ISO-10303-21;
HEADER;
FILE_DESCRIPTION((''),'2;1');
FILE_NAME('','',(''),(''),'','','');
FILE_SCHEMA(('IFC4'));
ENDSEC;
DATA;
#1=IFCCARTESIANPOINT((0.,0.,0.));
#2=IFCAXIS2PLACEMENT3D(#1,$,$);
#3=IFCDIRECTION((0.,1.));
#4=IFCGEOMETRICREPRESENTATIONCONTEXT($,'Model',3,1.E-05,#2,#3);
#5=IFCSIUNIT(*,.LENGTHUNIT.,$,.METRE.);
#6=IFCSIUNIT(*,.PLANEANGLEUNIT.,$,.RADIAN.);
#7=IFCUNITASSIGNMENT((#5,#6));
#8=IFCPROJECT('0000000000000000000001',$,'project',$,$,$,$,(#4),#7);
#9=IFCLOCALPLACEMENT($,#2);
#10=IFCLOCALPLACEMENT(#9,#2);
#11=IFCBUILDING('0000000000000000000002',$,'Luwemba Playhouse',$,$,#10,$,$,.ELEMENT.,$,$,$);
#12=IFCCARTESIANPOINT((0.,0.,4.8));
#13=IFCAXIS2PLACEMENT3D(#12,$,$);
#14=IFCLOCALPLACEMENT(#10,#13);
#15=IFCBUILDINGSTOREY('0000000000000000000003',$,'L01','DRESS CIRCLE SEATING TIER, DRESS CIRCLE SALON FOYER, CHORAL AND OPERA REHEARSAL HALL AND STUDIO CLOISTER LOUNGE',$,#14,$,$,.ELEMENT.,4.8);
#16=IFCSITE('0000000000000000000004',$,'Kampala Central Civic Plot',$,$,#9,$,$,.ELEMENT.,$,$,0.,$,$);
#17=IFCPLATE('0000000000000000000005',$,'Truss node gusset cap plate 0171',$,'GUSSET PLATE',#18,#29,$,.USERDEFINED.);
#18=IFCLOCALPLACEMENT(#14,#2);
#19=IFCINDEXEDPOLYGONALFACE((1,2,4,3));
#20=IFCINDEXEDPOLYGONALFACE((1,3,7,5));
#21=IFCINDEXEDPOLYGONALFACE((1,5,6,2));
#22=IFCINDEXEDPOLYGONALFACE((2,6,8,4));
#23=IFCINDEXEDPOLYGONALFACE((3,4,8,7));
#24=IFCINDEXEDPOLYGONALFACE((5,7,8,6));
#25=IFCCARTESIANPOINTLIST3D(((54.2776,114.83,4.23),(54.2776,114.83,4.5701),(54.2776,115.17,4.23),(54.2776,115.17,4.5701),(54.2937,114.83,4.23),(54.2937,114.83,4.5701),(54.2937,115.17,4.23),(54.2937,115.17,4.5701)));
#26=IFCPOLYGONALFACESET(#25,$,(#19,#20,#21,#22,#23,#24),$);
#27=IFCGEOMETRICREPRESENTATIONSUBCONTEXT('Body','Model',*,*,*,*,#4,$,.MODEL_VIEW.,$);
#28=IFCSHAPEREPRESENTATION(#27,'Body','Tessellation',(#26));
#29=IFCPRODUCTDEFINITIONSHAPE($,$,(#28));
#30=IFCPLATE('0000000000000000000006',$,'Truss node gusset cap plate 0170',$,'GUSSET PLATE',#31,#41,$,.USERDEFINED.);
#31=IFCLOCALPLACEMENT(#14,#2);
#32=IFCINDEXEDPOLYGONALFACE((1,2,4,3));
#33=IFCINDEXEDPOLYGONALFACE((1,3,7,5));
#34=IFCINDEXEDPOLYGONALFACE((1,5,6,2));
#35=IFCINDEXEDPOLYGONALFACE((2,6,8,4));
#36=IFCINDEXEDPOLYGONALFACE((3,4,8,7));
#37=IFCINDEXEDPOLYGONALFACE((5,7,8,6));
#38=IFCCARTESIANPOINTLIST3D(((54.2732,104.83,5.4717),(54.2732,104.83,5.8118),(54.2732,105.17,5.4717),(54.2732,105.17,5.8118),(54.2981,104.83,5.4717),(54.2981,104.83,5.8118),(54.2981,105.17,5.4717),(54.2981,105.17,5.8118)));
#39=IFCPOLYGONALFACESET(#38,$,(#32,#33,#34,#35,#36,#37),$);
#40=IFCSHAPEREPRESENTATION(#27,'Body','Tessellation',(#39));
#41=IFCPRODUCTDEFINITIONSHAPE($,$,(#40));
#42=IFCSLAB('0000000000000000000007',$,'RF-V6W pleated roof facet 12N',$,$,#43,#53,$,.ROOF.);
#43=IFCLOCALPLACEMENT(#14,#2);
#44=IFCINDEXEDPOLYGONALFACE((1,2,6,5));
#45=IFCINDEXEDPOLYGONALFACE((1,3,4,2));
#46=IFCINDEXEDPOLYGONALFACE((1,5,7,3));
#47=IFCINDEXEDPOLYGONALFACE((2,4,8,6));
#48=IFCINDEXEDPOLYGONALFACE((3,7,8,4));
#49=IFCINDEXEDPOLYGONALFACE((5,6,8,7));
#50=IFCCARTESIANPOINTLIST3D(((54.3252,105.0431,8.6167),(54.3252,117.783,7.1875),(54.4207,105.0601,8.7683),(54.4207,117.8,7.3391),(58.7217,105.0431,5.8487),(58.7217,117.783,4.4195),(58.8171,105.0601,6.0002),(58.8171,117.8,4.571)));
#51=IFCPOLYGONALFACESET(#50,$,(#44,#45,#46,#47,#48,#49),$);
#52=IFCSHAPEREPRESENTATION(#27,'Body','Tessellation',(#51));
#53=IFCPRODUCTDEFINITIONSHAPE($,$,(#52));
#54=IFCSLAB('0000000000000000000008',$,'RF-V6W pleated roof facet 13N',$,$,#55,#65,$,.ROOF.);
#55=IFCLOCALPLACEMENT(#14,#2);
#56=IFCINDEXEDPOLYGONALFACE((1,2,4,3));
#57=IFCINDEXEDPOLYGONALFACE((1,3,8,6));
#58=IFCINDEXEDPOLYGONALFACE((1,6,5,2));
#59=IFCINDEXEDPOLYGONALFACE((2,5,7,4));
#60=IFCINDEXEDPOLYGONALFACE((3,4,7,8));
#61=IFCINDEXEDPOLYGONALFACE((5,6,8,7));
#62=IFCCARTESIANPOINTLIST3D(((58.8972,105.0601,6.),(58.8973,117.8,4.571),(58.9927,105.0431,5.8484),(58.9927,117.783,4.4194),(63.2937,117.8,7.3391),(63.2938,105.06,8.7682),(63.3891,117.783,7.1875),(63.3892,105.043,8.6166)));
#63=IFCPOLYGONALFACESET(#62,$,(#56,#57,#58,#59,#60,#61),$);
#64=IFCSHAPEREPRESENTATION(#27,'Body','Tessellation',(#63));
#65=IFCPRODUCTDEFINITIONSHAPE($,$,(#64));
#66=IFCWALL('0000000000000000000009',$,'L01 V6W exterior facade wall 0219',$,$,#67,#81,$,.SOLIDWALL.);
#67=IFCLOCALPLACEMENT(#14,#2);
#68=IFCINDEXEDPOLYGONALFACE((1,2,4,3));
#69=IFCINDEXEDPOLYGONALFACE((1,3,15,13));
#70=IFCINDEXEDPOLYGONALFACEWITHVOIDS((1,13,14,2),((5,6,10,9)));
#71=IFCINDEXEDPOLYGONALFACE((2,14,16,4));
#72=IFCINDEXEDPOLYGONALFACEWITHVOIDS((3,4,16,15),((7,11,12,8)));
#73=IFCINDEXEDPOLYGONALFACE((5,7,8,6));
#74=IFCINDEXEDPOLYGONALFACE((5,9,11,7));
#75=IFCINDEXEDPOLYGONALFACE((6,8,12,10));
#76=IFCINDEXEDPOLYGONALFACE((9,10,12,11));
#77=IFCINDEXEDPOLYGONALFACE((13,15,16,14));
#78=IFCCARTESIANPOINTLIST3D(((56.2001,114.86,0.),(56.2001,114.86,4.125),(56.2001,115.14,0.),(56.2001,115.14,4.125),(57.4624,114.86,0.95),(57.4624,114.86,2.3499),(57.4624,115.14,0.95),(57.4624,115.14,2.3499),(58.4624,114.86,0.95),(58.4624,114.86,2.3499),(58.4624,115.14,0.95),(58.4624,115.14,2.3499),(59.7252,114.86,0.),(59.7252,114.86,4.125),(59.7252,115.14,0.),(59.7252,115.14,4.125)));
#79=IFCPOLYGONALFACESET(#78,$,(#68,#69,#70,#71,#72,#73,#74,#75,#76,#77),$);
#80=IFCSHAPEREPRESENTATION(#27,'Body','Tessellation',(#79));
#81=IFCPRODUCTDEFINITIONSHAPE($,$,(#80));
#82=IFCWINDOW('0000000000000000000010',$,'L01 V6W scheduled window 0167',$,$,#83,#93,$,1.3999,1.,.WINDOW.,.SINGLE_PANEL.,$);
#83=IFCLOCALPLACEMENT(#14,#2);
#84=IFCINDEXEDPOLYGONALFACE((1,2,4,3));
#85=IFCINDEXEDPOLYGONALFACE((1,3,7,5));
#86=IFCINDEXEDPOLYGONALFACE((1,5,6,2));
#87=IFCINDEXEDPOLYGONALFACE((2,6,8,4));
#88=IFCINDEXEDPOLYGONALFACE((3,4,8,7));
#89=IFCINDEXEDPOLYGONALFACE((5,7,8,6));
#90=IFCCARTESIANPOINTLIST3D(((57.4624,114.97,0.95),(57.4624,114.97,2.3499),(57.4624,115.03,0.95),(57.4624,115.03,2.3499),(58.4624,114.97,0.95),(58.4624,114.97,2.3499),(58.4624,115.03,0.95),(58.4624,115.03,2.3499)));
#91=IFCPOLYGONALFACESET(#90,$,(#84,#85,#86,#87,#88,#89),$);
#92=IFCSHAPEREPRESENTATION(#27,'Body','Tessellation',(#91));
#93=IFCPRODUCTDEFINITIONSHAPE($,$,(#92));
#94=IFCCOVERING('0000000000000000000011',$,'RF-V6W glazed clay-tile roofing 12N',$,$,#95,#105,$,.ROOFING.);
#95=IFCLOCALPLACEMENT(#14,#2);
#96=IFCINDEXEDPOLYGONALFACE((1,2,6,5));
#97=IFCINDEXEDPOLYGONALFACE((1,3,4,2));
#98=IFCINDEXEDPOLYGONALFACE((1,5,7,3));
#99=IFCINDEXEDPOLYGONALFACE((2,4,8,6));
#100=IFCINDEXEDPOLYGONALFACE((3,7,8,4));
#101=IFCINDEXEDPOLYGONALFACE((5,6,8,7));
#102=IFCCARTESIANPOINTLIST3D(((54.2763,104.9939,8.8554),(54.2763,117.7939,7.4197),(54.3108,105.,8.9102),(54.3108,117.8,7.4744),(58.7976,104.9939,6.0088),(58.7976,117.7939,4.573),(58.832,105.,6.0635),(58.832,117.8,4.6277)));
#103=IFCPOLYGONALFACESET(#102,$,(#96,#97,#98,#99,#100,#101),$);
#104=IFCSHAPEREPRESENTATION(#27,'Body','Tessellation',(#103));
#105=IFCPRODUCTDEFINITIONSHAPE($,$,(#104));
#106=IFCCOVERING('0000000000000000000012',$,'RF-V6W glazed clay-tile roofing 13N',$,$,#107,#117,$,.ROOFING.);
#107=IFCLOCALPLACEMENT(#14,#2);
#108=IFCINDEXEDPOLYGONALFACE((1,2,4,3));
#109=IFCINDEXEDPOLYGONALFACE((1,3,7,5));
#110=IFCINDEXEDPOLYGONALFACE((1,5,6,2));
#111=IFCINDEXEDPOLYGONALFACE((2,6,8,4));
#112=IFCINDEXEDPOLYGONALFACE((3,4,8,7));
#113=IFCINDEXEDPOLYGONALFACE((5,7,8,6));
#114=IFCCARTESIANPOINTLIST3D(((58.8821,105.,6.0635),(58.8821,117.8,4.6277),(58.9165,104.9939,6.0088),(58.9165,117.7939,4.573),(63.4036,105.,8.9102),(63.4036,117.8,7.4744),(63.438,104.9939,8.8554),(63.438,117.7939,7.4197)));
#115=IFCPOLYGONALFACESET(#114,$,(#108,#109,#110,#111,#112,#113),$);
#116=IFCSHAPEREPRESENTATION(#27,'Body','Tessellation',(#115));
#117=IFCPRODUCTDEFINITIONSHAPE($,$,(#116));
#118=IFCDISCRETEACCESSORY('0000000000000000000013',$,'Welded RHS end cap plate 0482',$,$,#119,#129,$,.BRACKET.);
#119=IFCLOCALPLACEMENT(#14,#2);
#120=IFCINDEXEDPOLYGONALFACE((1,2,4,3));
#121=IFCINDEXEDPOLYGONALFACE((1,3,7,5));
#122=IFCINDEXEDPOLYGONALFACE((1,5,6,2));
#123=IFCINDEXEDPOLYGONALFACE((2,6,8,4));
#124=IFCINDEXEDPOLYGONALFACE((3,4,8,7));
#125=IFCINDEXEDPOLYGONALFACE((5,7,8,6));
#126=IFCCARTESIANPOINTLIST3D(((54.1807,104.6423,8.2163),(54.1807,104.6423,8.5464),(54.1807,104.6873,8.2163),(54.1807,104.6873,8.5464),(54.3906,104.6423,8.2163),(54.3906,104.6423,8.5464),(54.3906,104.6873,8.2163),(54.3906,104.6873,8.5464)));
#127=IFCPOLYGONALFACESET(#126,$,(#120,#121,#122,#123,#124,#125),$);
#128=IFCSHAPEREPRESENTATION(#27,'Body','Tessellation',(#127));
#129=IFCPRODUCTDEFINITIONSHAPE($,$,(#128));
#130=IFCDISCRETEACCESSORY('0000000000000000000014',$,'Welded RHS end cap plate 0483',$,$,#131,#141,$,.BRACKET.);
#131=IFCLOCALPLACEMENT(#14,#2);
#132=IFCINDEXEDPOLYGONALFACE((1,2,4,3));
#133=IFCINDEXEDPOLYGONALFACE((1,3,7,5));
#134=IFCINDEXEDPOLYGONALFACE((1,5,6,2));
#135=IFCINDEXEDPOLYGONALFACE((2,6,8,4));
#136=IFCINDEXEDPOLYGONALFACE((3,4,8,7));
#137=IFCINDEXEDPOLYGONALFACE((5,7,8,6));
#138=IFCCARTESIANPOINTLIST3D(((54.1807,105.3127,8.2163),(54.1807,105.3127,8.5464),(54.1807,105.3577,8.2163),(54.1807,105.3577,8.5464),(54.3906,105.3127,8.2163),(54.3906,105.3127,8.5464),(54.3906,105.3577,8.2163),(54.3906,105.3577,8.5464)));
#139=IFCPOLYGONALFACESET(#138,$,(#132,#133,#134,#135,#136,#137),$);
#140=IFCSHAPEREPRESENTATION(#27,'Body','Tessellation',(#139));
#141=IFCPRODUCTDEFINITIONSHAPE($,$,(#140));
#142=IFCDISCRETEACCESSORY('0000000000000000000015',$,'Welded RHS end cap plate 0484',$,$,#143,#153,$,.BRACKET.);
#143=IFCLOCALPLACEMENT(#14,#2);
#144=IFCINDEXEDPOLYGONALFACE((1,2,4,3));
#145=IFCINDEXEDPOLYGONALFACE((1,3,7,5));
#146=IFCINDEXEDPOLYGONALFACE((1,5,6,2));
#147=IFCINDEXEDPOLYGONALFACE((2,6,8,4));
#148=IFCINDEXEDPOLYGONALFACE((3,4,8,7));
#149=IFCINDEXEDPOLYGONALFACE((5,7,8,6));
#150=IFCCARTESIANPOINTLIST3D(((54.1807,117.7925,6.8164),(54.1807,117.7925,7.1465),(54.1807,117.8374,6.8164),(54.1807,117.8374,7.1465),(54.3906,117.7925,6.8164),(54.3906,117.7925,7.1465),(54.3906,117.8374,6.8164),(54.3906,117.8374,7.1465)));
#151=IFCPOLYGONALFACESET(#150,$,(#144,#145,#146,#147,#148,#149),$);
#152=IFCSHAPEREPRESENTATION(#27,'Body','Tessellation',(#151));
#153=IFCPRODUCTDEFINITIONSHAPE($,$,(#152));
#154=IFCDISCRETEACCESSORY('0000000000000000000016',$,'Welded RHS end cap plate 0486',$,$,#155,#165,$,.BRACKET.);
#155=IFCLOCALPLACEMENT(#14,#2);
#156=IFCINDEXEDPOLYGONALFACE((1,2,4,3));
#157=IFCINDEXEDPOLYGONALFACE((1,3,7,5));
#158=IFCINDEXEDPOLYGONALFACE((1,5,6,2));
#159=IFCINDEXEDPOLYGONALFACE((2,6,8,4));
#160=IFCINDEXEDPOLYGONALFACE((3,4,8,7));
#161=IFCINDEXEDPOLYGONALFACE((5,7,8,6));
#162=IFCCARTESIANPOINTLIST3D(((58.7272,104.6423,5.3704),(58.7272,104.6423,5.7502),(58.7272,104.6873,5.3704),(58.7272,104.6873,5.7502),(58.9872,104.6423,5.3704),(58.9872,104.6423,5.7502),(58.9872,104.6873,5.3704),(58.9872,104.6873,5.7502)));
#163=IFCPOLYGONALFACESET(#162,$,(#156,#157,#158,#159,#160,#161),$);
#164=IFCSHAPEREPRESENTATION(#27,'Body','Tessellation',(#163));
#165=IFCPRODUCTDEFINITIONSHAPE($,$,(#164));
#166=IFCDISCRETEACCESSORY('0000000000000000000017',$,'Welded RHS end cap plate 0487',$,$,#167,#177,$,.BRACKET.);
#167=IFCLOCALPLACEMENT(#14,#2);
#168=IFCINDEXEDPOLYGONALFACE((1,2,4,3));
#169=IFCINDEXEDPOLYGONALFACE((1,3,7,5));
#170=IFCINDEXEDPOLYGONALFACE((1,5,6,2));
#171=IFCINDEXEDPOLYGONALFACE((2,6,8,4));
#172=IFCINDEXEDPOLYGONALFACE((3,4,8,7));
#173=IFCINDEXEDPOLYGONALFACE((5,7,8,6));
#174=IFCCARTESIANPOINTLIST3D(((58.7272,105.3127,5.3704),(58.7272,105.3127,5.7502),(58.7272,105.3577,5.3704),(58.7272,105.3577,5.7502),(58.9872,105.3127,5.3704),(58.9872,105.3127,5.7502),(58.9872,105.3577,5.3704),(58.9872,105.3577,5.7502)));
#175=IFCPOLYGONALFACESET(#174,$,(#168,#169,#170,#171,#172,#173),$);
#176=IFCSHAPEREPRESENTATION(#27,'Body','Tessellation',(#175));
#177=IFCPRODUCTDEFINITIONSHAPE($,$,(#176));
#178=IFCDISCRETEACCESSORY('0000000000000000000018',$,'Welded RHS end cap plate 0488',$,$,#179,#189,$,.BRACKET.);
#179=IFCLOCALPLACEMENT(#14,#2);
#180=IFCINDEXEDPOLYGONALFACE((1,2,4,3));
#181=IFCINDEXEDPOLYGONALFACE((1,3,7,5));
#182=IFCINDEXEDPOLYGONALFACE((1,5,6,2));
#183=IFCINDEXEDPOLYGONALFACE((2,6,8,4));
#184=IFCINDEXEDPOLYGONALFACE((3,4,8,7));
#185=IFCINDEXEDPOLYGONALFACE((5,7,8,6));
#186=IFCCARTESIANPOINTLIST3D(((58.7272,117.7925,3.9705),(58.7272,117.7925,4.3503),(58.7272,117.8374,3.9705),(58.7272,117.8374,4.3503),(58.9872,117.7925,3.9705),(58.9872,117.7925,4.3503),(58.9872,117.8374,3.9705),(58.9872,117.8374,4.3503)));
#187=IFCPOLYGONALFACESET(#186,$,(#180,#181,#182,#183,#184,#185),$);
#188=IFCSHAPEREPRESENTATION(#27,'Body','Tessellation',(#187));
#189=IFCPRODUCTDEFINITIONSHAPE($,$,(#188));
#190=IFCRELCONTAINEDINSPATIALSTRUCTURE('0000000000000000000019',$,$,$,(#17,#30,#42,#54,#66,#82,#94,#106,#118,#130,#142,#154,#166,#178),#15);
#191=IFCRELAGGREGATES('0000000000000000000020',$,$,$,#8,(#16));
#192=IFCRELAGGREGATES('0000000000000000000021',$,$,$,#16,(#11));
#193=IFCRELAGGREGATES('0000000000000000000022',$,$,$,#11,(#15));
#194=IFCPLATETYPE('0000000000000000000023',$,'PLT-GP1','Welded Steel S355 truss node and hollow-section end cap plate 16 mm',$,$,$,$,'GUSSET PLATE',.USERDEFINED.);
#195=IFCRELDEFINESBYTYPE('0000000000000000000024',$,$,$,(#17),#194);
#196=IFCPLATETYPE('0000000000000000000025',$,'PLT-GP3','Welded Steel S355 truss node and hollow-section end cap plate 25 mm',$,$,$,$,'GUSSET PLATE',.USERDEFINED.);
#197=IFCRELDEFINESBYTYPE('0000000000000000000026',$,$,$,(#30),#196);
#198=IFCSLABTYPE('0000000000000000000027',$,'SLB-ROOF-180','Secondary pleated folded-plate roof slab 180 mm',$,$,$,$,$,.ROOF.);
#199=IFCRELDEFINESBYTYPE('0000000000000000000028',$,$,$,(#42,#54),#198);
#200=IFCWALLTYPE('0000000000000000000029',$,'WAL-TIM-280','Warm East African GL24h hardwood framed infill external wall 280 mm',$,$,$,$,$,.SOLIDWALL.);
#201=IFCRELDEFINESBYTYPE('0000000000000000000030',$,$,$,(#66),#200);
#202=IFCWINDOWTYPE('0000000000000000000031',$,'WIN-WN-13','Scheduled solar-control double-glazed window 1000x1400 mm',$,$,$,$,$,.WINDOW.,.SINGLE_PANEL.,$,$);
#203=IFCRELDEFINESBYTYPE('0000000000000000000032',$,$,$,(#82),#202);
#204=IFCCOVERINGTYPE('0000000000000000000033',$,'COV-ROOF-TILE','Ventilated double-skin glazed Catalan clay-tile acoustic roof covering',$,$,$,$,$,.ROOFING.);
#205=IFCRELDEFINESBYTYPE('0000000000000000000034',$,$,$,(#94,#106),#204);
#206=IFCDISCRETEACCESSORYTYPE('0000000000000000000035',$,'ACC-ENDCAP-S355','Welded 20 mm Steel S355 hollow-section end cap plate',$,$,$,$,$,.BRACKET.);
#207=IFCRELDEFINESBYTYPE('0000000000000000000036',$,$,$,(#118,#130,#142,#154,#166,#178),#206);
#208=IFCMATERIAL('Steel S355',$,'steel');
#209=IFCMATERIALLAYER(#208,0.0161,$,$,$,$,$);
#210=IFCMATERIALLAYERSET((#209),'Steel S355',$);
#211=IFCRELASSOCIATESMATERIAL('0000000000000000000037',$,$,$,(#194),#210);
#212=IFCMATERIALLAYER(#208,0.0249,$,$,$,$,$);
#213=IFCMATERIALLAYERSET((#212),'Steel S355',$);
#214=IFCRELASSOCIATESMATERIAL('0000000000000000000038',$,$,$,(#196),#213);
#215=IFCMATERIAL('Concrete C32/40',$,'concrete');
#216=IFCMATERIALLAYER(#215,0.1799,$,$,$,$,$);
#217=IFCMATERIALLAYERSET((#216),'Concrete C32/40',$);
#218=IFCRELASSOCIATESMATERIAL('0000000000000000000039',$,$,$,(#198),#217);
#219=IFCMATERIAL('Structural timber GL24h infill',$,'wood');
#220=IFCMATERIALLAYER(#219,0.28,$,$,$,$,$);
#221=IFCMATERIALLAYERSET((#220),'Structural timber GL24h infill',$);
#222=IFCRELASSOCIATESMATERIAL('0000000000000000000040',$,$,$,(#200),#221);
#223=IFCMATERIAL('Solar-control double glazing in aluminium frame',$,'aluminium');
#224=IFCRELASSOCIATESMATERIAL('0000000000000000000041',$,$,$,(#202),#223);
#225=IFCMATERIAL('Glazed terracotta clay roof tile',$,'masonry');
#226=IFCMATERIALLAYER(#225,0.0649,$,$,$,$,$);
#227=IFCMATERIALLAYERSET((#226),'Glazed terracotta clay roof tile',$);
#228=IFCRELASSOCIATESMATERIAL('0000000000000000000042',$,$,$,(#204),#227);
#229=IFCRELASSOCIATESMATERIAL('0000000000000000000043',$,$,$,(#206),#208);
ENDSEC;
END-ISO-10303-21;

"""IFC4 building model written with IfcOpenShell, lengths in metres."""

from ifc_helpers import new_model, si_unit, direction, frame, frame_2d, origin, origin_2d, place, context, subcontext, project, spatial, polyline, rectangle, outline, extrude, material, layer, layer_set, type_object, element, fill, save


model = new_model("IFC4")

# Units and contexts
model_context = context("Model", 3, precision=1e-05, world=origin(), true_north=direction((0.0, 1.0)))
body_context = subcontext(model_context, "Body", "Model", "MODEL_VIEW")
ifc_project = project(units=[si_unit("LENGTHUNIT", "METRE"), si_unit("PLANEANGLEUNIT", "RADIAN")], contexts=[model_context])

# Site, building, storey
site_placement = place(None, origin())
site = spatial("IfcSite", under=ifc_project, at=site_placement, Name="Kampala Central Civic Plot", CompositionType="ELEMENT", RefElevation=0.0)
building_placement = place(site_placement, origin())
building = spatial("IfcBuilding", under=site, at=building_placement, Name="Luwemba Playhouse", CompositionType="ELEMENT")
storey_placement = place(building_placement, frame((0.0, 0.0, 4.8)))
storey = spatial("IfcBuildingStorey", under=building, at=storey_placement, Name="L01", Description="DRESS CIRCLE SEATING TIER, DRESS CIRCLE SALON FOYER, CHORAL AND OPERA REHEARSAL HALL AND STUDIO CLOISTER LOUNGE", CompositionType="ELEMENT", Elevation=4.8)

# Shared definitions
ifc_material_1 = material(Name="Steel S355", Category="steel")

# Plates
ifc_layer_1 = layer(ifc_material_1, 0.0161)
ifc_layer_set_1 = layer_set([ifc_layer_1], Name="Steel S355")
plate_type_1 = type_object("IfcPlateType", Name="PLT-GP1", Description="Welded Steel S355 truss node and hollow-section end cap plate 16 mm", ElementType="GUSSET PLATE", PredefinedType="USERDEFINED", material=ifc_layer_set_1)
plate_1_placement = place(storey_placement, frame((54.2856, 115.0, 4.23), z_axis=(0.0, 0.0, 1.0), x_axis=(1.0, 0.0, 0.0)))
element("IfcPlate", 1, at=plate_1_placement, inside=storey, type_object=plate_type_1, Name="Truss node gusset cap plate 0171", ObjectType="GUSSET PLATE", PredefinedType="USERDEFINED", context=body_context, shape_type="SweptSolid", body=[
    extrude(rectangle(XDim=0.0161, YDim=0.3401, at=origin_2d()), origin(), (0.0, 0.0, 1.0), 0.3401),
])
ifc_layer_2 = layer(ifc_material_1, 0.0249)
ifc_layer_set_2 = layer_set([ifc_layer_2], Name="Steel S355")
plate_type_2 = type_object("IfcPlateType", Name="PLT-GP3", Description="Welded Steel S355 truss node and hollow-section end cap plate 25 mm", ElementType="GUSSET PLATE", PredefinedType="USERDEFINED", material=ifc_layer_set_2)
plate_2_placement = place(storey_placement, frame((54.2856, 105.0, 5.4717), z_axis=(0.0, 0.0, 1.0), x_axis=(1.0, 0.0, 0.0)))
element("IfcPlate", 2, at=plate_2_placement, inside=storey, type_object=plate_type_2, Name="Truss node gusset cap plate 0170", ObjectType="GUSSET PLATE", PredefinedType="USERDEFINED", context=body_context, shape_type="SweptSolid", body=[
    extrude(rectangle(XDim=0.0249, YDim=0.3401, at=origin_2d()), origin(), (0.0, 0.0, 1.0), 0.3401),
])

# Slabs
ifc_material_2 = material(Name="Concrete C32/40", Category="concrete")
ifc_layer_3 = layer(ifc_material_2, 0.1799)
ifc_layer_set_3 = layer_set([ifc_layer_3], Name="Concrete C32/40")
slab_type = type_object("IfcSlabType", Name="SLB-ROOF-180", Description="Secondary pleated folded-plate roof slab 180 mm", PredefinedType="ROOF", material=ifc_layer_set_3)
slab_1_placement = place(storey_placement, frame((54.4207, 105.0601, 8.7683), z_axis=(0.530416, 0.094508, 0.842453), x_axis=(0.846241, 0.0, -0.532801)))
element("IfcSlab", 3, at=slab_1_placement, inside=storey, type_object=slab_type, Name="RF-V6W pleated roof facet 12N", PredefinedType="ROOF", context=body_context, shape_type="SweptSolid", body=[
    extrude(outline(polyline([(0.0, 0.0), (5.1953, 0.0), (5.9568, 12.7973), (0.7615, 12.7973), (0.0, 0.0)])), origin(), (0.0, 0.0, -1.0), 0.1799),
])
slab_2_placement = place(storey_placement, frame((58.8972, 105.0601, 6.0), z_axis=(-0.530433, 0.094499, 0.842443), x_axis=(0.84623, -0.000002, 0.532818)))
element("IfcSlab", 4, at=slab_2_placement, inside=storey, type_object=slab_type, Name="RF-V6W pleated roof facet 13N", PredefinedType="ROOF", context=body_context, shape_type="SweptSolid", body=[
    extrude(outline(polyline([(0.0, 0.0), (5.1954, 0.0), (4.4339, 12.7973), (-0.7614, 12.7972), (0.0, 0.0)])), origin(), (0.0, 0.0, -1.0), 0.1799),
])

# Wall, opening, window
ifc_material_3 = material(Name="Structural timber GL24h infill", Category="wood")
ifc_layer_4 = layer(ifc_material_3, 0.28)
ifc_layer_set_4 = layer_set([ifc_layer_4], Name="Structural timber GL24h infill")
wall_type = type_object("IfcWallType", Name="WAL-TIM-280", Description="Warm East African GL24h hardwood framed infill external wall 280 mm", PredefinedType="SOLIDWALL", material=ifc_layer_set_4)
wall_placement = place(storey_placement, frame((56.2, 115.0, 0.0), z_axis=(0.0, 0.0, 1.0), x_axis=(1.0, 0.0, 0.0)))
wall = element("IfcWall", 5, at=wall_placement, inside=storey, type_object=wall_type, Name="L01 V6W exterior facade wall 0219", PredefinedType="SOLIDWALL", context=body_context, shape_type="SweptSolid", body=[
    extrude(rectangle(XDim=3.5251, YDim=0.28, at=frame_2d((1.7627, 0.0))), origin(), (0.0, 0.0, 1.0), 4.125),
])
opening_placement = place(wall_placement, frame((1.2625, 0.0, 0.95)))
opening = element("IfcOpeningElement", 6, at=opening_placement, cuts=wall, PredefinedType="OPENING", context=body_context, shape_type="SweptSolid", body=[
    extrude(rectangle(XDim=1.0, YDim=1.3999, at=frame_2d((0.5, 0.7))), frame((0.0, 0.1499, 0.0), z_axis=(0.0, -1.0, 0.0), x_axis=(1.0, 0.0, 0.0)), (0.0, 0.0, 1.0), 0.3),
])
ifc_material_4 = material(Name="Solar-control double glazing in aluminium frame", Category="aluminium")
window_type = type_object("IfcWindowType", Name="WIN-WN-13", Description="Scheduled solar-control double-glazed window 1000x1400 mm", PartitioningType="SINGLE_PANEL", PredefinedType="WINDOW", material=ifc_material_4)
window_placement = place(opening_placement, origin())
window = element("IfcWindow", 7, at=window_placement, inside=storey, type_object=window_type, Name="L01 V6W scheduled window 0167", OverallHeight=1.3999, OverallWidth=1.0, PartitioningType="SINGLE_PANEL", PredefinedType="WINDOW", context=body_context, shape_type="SweptSolid", body=[
    extrude(rectangle(XDim=1.0, YDim=1.3999, at=frame_2d((0.5, 0.7))), frame((0.0, 0.03, 0.0), z_axis=(0.0, -1.0, 0.0), x_axis=(1.0, 0.0, 0.0)), (0.0, 0.0, 1.0), 0.0601),
])
fill(opening, window)

# Coverings
ifc_material_5 = material(Name="Glazed terracotta clay roof tile", Category="masonry")
ifc_layer_5 = layer(ifc_material_5, 0.0649)
ifc_layer_set_5 = layer_set([ifc_layer_5], Name="Glazed terracotta clay roof tile")
covering_type = type_object("IfcCoveringType", Name="COV-ROOF-TILE", Description="Ventilated double-skin glazed Catalan clay-tile acoustic roof covering", PredefinedType="ROOFING", material=ifc_layer_set_5)
covering_1_placement = place(storey_placement, frame((54.3108, 105.0, 8.9102), z_axis=(0.530425, 0.094498, 0.842448), x_axis=(0.846235, 0.0, -0.53281)))
element("IfcCovering", 8, at=covering_1_placement, inside=storey, type_object=covering_type, Name="RF-V6W glazed clay-tile roofing 12N", PredefinedType="ROOFING", context=body_context, shape_type="SweptSolid", body=[
    extrude(outline(polyline([(0.0, 0.0), (5.3428, 0.0), (6.1078, 12.8576), (0.765, 12.8576), (0.0, 0.0)])), origin(), (0.0, 0.0, -1.0), 0.0649),
])
covering_2_placement = place(storey_placement, frame((58.8821, 105.0, 6.0635), z_axis=(-0.530405, 0.094499, 0.842461), x_axis=(0.846248, 0.0, 0.532789)))
element("IfcCovering", 9, at=covering_2_placement, inside=storey, type_object=covering_type, Name="RF-V6W glazed clay-tile roofing 13N", PredefinedType="ROOFING", context=body_context, shape_type="SweptSolid", body=[
    extrude(outline(polyline([(0.0, 0.0), (5.343, 0.0), (4.578, 12.8576), (-0.765, 12.8576), (0.0, 0.0)])), origin(), (0.0, 0.0, -1.0), 0.0649),
])

# Discrete accessories
discrete_accessory_type = type_object("IfcDiscreteAccessoryType", Name="ACC-ENDCAP-S355", Description="Welded 20 mm Steel S355 hollow-section end cap plate", PredefinedType="BRACKET", material=ifc_material_1)
for number, where, z_axis, x_axis, name in (
    (10, (54.2856, 104.6648, 8.2163), (0.0, 0.0, 1.0), (1.0, 0.0, 0.0), "Welded RHS end cap plate 0482"),
    (11, (54.2856, 105.3352, 8.2163), (0.0, 0.0, 1.0), (1.0, 0.0, 0.0), "Welded RHS end cap plate 0483"),
    (12, (54.2856, 117.8149, 6.8164), (0.0, 0.0, 1.0), (1.0, 0.0, 0.0), "Welded RHS end cap plate 0484"),
):
    element("IfcDiscreteAccessory", number, at=place(storey_placement, frame(where, z_axis=z_axis, x_axis=x_axis)), inside=storey, type_object=discrete_accessory_type, Name=name, PredefinedType="BRACKET", context=body_context, shape_type="SweptSolid", body=[
        extrude(rectangle(XDim=0.21, YDim=0.0449, at=origin_2d()), origin(), (0.0, 0.0, 1.0), 0.3301),
    ])
for number, where, z_axis, x_axis, name in (
    (13, (58.8572, 104.6648, 5.3704), (0.0, 0.0, 1.0), (1.0, 0.0, 0.0), "Welded RHS end cap plate 0486"),
    (14, (58.8572, 105.3352, 5.3704), (0.0, 0.0, 1.0), (1.0, 0.0, 0.0), "Welded RHS end cap plate 0487"),
    (15, (58.8572, 117.8149, 3.9705), (0.0, 0.0, 1.0), (1.0, 0.0, 0.0), "Welded RHS end cap plate 0488"),
):
    element("IfcDiscreteAccessory", number, at=place(storey_placement, frame(where, z_axis=z_axis, x_axis=x_axis)), inside=storey, type_object=discrete_accessory_type, Name=name, PredefinedType="BRACKET", context=body_context, shape_type="SweptSolid", body=[
        extrude(rectangle(XDim=0.26, YDim=0.0449, at=origin_2d()), origin(), (0.0, 0.0, 1.0), 0.3799),
    ])

save(model, "model.ifc")
